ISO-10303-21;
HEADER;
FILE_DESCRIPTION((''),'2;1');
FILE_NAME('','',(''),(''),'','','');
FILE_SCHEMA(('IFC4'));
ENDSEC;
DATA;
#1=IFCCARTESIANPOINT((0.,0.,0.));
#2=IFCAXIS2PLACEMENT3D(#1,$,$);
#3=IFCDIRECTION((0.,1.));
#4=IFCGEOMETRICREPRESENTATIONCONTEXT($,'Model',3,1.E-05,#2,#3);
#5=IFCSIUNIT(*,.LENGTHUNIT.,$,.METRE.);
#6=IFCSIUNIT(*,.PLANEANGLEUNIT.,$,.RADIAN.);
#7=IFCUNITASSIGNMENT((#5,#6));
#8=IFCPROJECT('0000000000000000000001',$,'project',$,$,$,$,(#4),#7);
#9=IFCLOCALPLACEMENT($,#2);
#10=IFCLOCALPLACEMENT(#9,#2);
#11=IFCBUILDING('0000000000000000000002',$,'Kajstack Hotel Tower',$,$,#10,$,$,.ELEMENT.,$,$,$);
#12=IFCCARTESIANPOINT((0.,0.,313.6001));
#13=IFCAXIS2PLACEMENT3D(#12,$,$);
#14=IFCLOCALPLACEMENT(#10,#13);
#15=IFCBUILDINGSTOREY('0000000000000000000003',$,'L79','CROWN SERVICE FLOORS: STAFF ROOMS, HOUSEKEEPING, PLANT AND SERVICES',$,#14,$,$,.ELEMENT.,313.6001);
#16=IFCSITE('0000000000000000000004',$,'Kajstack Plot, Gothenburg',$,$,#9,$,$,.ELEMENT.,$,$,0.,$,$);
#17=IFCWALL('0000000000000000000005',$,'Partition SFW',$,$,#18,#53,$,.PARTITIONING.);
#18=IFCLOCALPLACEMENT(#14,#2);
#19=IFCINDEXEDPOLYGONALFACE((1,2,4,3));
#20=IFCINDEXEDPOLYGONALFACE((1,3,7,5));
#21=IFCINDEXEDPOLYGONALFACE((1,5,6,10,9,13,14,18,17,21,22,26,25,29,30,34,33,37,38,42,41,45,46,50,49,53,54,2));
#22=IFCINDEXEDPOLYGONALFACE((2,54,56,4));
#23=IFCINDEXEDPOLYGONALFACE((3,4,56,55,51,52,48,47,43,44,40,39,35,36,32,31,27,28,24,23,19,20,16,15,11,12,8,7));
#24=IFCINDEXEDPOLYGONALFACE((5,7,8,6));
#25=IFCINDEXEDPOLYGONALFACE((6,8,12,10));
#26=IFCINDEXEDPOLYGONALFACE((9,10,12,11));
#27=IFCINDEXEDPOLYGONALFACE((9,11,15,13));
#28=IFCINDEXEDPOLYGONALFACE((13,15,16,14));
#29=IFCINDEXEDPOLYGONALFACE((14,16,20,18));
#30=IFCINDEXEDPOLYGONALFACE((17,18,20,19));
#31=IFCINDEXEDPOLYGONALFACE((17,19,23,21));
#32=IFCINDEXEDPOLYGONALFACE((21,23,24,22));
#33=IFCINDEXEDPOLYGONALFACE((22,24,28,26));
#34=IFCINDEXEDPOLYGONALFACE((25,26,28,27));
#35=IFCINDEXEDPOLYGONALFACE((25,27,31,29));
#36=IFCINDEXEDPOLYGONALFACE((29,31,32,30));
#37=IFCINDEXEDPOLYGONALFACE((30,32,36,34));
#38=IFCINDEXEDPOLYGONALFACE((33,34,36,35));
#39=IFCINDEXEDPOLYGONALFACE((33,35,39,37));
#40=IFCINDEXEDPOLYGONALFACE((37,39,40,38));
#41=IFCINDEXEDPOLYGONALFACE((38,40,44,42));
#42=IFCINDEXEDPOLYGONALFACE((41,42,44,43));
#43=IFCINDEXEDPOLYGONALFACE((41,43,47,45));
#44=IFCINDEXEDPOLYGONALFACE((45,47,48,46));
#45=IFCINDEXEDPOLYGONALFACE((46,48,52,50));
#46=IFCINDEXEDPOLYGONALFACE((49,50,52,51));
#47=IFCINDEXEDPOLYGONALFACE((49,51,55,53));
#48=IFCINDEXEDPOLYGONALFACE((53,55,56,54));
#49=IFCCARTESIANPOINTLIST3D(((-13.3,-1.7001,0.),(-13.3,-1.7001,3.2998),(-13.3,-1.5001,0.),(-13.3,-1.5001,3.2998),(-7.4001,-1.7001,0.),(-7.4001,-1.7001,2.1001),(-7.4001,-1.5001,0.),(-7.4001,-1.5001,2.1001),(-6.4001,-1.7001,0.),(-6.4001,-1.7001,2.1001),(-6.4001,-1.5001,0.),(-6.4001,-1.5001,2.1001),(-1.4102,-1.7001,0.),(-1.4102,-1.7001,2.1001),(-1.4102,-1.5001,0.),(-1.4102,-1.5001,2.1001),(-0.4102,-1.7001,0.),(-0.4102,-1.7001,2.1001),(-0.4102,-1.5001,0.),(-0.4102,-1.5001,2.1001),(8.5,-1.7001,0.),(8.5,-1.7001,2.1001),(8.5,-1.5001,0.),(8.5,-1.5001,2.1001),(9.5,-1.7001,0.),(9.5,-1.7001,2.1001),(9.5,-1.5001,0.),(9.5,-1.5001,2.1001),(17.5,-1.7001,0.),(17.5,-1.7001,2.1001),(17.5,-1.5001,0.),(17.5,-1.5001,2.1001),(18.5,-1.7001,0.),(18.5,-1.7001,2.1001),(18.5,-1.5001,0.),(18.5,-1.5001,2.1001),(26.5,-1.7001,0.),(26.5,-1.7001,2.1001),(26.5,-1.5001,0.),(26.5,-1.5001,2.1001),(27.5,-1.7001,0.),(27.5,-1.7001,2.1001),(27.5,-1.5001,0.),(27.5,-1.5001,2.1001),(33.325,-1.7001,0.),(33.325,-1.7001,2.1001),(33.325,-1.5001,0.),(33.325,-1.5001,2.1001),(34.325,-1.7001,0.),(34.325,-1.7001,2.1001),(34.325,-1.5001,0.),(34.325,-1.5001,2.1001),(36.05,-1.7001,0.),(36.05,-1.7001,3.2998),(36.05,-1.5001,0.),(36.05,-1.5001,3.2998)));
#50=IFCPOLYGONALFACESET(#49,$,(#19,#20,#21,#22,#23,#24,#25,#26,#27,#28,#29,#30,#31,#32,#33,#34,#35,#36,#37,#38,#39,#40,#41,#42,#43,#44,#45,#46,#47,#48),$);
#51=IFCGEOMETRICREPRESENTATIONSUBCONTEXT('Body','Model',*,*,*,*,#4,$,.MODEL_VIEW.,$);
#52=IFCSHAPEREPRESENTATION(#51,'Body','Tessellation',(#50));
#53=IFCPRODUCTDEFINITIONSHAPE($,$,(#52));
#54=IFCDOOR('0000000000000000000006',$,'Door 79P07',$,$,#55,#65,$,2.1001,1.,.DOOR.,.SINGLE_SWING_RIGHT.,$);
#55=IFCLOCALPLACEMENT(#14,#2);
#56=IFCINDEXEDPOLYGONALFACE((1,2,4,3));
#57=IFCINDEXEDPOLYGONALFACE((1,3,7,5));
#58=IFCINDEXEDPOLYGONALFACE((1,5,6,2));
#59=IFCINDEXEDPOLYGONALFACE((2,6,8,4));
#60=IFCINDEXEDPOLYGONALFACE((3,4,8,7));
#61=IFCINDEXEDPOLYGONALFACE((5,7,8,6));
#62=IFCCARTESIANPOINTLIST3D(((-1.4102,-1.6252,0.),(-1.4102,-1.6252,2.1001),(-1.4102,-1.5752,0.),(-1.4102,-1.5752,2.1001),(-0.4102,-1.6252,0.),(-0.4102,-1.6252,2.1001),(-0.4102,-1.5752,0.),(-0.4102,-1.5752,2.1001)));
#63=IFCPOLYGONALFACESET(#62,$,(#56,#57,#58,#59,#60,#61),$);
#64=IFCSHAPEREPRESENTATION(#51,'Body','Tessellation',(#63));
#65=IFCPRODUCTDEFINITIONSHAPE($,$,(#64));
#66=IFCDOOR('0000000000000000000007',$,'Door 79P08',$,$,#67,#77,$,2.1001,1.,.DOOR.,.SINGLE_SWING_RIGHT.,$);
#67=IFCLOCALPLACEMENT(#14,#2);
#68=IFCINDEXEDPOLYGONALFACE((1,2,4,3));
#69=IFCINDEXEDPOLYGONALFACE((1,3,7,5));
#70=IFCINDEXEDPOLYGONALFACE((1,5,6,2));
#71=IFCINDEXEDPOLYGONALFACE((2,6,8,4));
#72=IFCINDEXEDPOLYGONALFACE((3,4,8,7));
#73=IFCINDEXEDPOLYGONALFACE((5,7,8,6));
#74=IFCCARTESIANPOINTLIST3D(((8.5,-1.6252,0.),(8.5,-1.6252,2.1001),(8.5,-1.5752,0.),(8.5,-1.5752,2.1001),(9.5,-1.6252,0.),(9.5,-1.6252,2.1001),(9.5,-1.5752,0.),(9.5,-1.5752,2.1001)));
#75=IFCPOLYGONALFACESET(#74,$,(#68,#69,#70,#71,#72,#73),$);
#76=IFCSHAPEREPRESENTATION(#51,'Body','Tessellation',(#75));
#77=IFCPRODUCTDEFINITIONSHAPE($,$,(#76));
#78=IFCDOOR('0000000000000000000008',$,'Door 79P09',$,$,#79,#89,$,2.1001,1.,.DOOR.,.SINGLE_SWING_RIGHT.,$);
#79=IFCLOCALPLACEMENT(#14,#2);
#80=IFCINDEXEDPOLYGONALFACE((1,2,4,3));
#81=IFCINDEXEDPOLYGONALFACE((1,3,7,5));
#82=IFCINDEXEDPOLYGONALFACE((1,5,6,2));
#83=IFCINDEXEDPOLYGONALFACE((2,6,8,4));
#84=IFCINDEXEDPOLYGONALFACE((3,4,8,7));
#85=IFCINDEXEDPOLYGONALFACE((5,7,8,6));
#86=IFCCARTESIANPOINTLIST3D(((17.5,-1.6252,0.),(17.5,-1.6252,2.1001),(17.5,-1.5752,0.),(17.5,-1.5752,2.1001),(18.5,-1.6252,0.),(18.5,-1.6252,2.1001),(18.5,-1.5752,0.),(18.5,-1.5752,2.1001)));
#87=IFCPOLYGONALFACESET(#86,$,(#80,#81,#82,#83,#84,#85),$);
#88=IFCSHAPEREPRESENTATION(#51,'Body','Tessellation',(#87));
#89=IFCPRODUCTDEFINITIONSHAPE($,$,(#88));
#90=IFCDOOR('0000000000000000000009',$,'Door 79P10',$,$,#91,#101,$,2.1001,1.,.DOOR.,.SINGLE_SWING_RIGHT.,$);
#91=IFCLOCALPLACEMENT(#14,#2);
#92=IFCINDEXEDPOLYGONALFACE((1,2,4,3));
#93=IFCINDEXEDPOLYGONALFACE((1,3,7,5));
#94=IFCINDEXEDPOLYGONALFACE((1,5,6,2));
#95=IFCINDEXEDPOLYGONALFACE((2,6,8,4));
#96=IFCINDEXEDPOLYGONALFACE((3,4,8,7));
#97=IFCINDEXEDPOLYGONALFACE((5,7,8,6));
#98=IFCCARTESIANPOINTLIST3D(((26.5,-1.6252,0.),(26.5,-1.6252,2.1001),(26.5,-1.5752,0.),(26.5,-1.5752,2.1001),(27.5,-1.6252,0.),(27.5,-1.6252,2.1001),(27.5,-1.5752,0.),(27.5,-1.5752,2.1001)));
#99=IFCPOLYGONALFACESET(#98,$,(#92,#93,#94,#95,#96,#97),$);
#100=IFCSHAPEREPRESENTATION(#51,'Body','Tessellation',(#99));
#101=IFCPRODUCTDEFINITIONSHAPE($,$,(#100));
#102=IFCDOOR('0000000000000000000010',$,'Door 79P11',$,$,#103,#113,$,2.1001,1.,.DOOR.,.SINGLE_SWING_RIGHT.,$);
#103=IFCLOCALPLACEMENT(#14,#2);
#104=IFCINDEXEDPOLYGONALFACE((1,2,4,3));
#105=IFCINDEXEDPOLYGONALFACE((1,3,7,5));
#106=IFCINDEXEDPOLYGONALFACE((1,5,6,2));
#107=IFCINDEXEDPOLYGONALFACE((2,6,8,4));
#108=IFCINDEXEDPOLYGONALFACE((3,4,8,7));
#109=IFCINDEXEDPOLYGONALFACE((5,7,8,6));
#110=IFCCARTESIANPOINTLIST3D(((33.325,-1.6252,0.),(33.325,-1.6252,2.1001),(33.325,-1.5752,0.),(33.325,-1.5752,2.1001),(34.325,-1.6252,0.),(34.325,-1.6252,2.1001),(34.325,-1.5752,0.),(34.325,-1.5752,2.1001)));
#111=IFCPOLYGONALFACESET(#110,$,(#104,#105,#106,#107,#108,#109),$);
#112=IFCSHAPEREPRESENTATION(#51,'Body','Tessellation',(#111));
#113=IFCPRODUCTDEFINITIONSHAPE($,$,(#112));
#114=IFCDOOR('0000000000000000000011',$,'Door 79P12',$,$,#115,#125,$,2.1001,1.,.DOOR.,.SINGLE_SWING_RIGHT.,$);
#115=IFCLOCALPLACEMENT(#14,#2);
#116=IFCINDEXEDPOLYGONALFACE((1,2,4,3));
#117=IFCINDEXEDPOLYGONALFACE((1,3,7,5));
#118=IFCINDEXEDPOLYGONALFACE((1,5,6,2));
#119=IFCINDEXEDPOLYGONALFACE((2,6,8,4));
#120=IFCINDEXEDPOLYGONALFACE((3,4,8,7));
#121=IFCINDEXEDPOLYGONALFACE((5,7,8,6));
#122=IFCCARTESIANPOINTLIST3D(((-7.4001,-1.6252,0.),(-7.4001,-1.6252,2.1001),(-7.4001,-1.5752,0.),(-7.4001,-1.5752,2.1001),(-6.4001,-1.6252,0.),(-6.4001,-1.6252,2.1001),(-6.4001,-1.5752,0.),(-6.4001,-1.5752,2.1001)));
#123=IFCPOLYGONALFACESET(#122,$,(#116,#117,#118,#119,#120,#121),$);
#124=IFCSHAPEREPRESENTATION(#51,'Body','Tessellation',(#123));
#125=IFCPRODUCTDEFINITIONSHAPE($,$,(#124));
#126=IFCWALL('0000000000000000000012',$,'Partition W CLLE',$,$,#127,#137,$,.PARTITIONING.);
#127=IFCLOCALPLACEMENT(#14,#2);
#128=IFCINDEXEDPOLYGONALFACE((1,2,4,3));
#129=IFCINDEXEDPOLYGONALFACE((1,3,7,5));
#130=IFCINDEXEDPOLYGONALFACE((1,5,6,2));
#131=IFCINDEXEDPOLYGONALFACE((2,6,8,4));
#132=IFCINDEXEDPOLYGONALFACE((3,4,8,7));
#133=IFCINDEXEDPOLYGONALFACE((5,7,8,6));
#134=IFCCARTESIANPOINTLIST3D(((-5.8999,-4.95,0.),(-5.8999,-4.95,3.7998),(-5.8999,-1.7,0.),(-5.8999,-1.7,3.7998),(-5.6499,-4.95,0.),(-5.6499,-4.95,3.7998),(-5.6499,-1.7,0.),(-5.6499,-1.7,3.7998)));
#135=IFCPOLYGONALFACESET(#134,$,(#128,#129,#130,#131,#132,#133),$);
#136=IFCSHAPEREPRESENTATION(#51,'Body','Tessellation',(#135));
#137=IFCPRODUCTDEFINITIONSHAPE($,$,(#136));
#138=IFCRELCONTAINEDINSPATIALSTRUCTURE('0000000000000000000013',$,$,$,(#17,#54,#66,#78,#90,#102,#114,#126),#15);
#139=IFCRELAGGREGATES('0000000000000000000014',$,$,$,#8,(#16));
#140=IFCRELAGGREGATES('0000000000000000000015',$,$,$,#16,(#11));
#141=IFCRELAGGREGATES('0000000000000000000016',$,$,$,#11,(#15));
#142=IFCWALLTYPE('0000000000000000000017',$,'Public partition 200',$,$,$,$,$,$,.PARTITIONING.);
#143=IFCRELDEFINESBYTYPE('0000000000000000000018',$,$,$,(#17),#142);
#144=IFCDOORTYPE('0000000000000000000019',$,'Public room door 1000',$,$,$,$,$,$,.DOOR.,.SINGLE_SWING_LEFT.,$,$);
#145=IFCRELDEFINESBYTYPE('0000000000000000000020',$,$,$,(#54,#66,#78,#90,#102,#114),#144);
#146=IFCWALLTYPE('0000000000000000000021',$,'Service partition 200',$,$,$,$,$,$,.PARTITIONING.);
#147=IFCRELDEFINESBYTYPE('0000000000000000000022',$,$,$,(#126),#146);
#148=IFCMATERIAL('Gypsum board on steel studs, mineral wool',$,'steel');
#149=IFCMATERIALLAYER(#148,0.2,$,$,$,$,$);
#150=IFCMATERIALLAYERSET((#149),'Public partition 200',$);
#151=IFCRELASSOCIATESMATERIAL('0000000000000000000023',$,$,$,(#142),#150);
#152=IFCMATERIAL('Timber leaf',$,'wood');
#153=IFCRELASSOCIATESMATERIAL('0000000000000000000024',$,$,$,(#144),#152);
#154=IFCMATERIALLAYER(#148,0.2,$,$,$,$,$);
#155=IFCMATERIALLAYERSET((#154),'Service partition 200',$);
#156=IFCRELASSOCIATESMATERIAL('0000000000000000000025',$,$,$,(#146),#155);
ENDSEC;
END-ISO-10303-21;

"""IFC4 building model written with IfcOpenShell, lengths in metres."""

from ifc_helpers import new_model, si_unit, direction, frame, frame_2d, origin, place, context, subcontext, project, spatial, rectangle, extrude, material, layer, layer_set, type_object, element, fill, save


model = new_model("IFC4")

# Units and contexts
model_context = context("Model", 3, precision=1e-05, world=origin(), true_north=direction((0.0, 1.0)))
body_context = subcontext(model_context, "Body", "Model", "MODEL_VIEW")
ifc_project = project(units=[si_unit("LENGTHUNIT", "METRE"), si_unit("PLANEANGLEUNIT", "RADIAN")], contexts=[model_context])

# Site, building, storey
site_placement = place(None, origin())
site = spatial("IfcSite", under=ifc_project, at=site_placement, Name="Kajstack Plot, Gothenburg", CompositionType="ELEMENT", RefElevation=0.0)
building_placement = place(site_placement, origin())
building = spatial("IfcBuilding", under=site, at=building_placement, Name="Kajstack Hotel Tower", CompositionType="ELEMENT")
storey_placement = place(building_placement, frame((0.0, 0.0, 313.6001)))
storey = spatial("IfcBuildingStorey", under=building, at=storey_placement, Name="L79", Description="CROWN SERVICE FLOORS: STAFF ROOMS, HOUSEKEEPING, PLANT AND SERVICES", CompositionType="ELEMENT", Elevation=313.6001)

# Shared definitions
ifc_material_1 = material(Name="Gypsum board on steel studs, mineral wool", Category="steel")
ifc_layer_1 = layer(ifc_material_1, 0.2)
ifc_layer_set_1 = layer_set([ifc_layer_1], Name="Public partition 200")
wall_type_1 = type_object("IfcWallType", Name="Public partition 200", PredefinedType="PARTITIONING", material=ifc_layer_set_1)

# Wall, openings, doors
wall_1_placement = place(storey_placement, frame((-13.3, -1.6001, 0.0), z_axis=(0.0, 0.0, 1.0), x_axis=(1.0, 0.0, 0.0)))
wall_1 = element("IfcWall", 1, at=wall_1_placement, inside=storey, type_object=wall_type_1, Name="Partition SFW", PredefinedType="PARTITIONING", context=body_context, shape_type="SweptSolid", body=[
    extrude(rectangle(XDim=49.3501, YDim=0.2, at=frame_2d((24.675, 0.0))), origin(), (0.0, 0.0, 1.0), 3.2998),
])
opening_1_placement = place(wall_1_placement, frame((11.8899, 0.0, 0.0)))
opening_1 = element("IfcOpeningElement", 2, at=opening_1_placement, cuts=wall_1, PredefinedType="OPENING", context=body_context, shape_type="SweptSolid", body=[
    extrude(rectangle(XDim=1.0, YDim=2.1001, at=frame_2d((0.5, 1.05))), frame((0.0, 0.1099, 0.0), z_axis=(0.0, -1.0, 0.0), x_axis=(1.0, 0.0, 0.0)), (0.0, 0.0, 1.0), 0.22),
])
opening_2_placement = place(wall_1_placement, frame((21.8, 0.0, 0.0)))
opening_2 = element("IfcOpeningElement", 3, at=opening_2_placement, cuts=wall_1, PredefinedType="OPENING", context=body_context, shape_type="SweptSolid", body=[
    extrude(rectangle(XDim=1.0, YDim=2.1001, at=frame_2d((0.5, 1.05))), frame((0.0, 0.1099, 0.0), z_axis=(0.0, -1.0, 0.0), x_axis=(1.0, 0.0, 0.0)), (0.0, 0.0, 1.0), 0.22),
])
opening_3_placement = place(wall_1_placement, frame((30.8, 0.0, 0.0)))
opening_3 = element("IfcOpeningElement", 4, at=opening_3_placement, cuts=wall_1, PredefinedType="OPENING", context=body_context, shape_type="SweptSolid", body=[
    extrude(rectangle(XDim=1.0, YDim=2.1001, at=frame_2d((0.5, 1.05))), frame((0.0, 0.1099, 0.0), z_axis=(0.0, -1.0, 0.0), x_axis=(1.0, 0.0, 0.0)), (0.0, 0.0, 1.0), 0.22),
])
opening_4_placement = place(wall_1_placement, frame((39.8, 0.0, 0.0)))
opening_4 = element("IfcOpeningElement", 5, at=opening_4_placement, cuts=wall_1, PredefinedType="OPENING", context=body_context, shape_type="SweptSolid", body=[
    extrude(rectangle(XDim=1.0, YDim=2.1001, at=frame_2d((0.5, 1.05))), frame((0.0, 0.1099, 0.0), z_axis=(0.0, -1.0, 0.0), x_axis=(1.0, 0.0, 0.0)), (0.0, 0.0, 1.0), 0.22),
])
opening_5_placement = place(wall_1_placement, frame((46.625, 0.0, 0.0)))
opening_5 = element("IfcOpeningElement", 6, at=opening_5_placement, cuts=wall_1, PredefinedType="OPENING", context=body_context, shape_type="SweptSolid", body=[
    extrude(rectangle(XDim=1.0, YDim=2.1001, at=frame_2d((0.5, 1.05))), frame((0.0, 0.1099, 0.0), z_axis=(0.0, -1.0, 0.0), x_axis=(1.0, 0.0, 0.0)), (0.0, 0.0, 1.0), 0.22),
])
opening_6_placement = place(wall_1_placement, frame((5.8999, 0.0, 0.0)))
opening_6 = element("IfcOpeningElement", 7, at=opening_6_placement, cuts=wall_1, PredefinedType="OPENING", context=body_context, shape_type="SweptSolid", body=[
    extrude(rectangle(XDim=1.0, YDim=2.1001, at=frame_2d((0.5, 1.05))), frame((0.0, 0.1099, 0.0), z_axis=(0.0, -1.0, 0.0), x_axis=(1.0, 0.0, 0.0)), (0.0, 0.0, 1.0), 0.22),
])
ifc_material_2 = material(Name="Timber leaf", Category="wood")
door_type = type_object("IfcDoorType", Name="Public room door 1000", OperationType="SINGLE_SWING_LEFT", PredefinedType="DOOR", material=ifc_material_2)
door_1_placement = place(opening_1_placement, origin())
door_1 = element("IfcDoor", 8, at=door_1_placement, inside=storey, type_object=door_type, Name="Door 79P07", OperationType="SINGLE_SWING_RIGHT", OverallHeight=2.1001, OverallWidth=1.0, PredefinedType="DOOR", context=body_context, shape_type="SweptSolid", body=[
    extrude(rectangle(XDim=1.0, YDim=2.1001, at=frame_2d((0.5, 1.05))), frame((0.0, 0.0249, 0.0), z_axis=(0.0, -1.0, 0.0), x_axis=(1.0, 0.0, 0.0)), (0.0, 0.0, 1.0), 0.05),
])
fill(opening_1, door_1)
door_2_placement = place(opening_2_placement, origin())
door_2 = element("IfcDoor", 9, at=door_2_placement, inside=storey, type_object=door_type, Name="Door 79P08", OperationType="SINGLE_SWING_RIGHT", OverallHeight=2.1001, OverallWidth=1.0, PredefinedType="DOOR", context=body_context, shape_type="SweptSolid", body=[
    extrude(rectangle(XDim=1.0, YDim=2.1001, at=frame_2d((0.5, 1.05))), frame((0.0, 0.0249, 0.0), z_axis=(0.0, -1.0, 0.0), x_axis=(1.0, 0.0, 0.0)), (0.0, 0.0, 1.0), 0.05),
])
fill(opening_2, door_2)
door_3_placement = place(opening_3_placement, origin())
door_3 = element("IfcDoor", 10, at=door_3_placement, inside=storey, type_object=door_type, Name="Door 79P09", OperationType="SINGLE_SWING_RIGHT", OverallHeight=2.1001, OverallWidth=1.0, PredefinedType="DOOR", context=body_context, shape_type="SweptSolid", body=[
    extrude(rectangle(XDim=1.0, YDim=2.1001, at=frame_2d((0.5, 1.05))), frame((0.0, 0.0249, 0.0), z_axis=(0.0, -1.0, 0.0), x_axis=(1.0, 0.0, 0.0)), (0.0, 0.0, 1.0), 0.05),
])
fill(opening_3, door_3)
door_4_placement = place(opening_4_placement, origin())
door_4 = element("IfcDoor", 11, at=door_4_placement, inside=storey, type_object=door_type, Name="Door 79P10", OperationType="SINGLE_SWING_RIGHT", OverallHeight=2.1001, OverallWidth=1.0, PredefinedType="DOOR", context=body_context, shape_type="SweptSolid", body=[
    extrude(rectangle(XDim=1.0, YDim=2.1001, at=frame_2d((0.5, 1.05))), frame((0.0, 0.0249, 0.0), z_axis=(0.0, -1.0, 0.0), x_axis=(1.0, 0.0, 0.0)), (0.0, 0.0, 1.0), 0.05),
])
fill(opening_4, door_4)
door_5_placement = place(opening_5_placement, origin())
door_5 = element("IfcDoor", 12, at=door_5_placement, inside=storey, type_object=door_type, Name="Door 79P11", OperationType="SINGLE_SWING_RIGHT", OverallHeight=2.1001, OverallWidth=1.0, PredefinedType="DOOR", context=body_context, shape_type="SweptSolid", body=[
    extrude(rectangle(XDim=1.0, YDim=2.1001, at=frame_2d((0.5, 1.05))), frame((0.0, 0.0249, 0.0), z_axis=(0.0, -1.0, 0.0), x_axis=(1.0, 0.0, 0.0)), (0.0, 0.0, 1.0), 0.05),
])
fill(opening_5, door_5)
door_6_placement = place(opening_6_placement, origin())
door_6 = element("IfcDoor", 13, at=door_6_placement, inside=storey, type_object=door_type, Name="Door 79P12", OperationType="SINGLE_SWING_RIGHT", OverallHeight=2.1001, OverallWidth=1.0, PredefinedType="DOOR", context=body_context, shape_type="SweptSolid", body=[
    extrude(rectangle(XDim=1.0, YDim=2.1001, at=frame_2d((0.5, 1.05))), frame((0.0, 0.0249, 0.0), z_axis=(0.0, -1.0, 0.0), x_axis=(1.0, 0.0, 0.0)), (0.0, 0.0, 1.0), 0.05),
])
fill(opening_6, door_6)

# Wall
ifc_layer_2 = layer(ifc_material_1, 0.2)
ifc_layer_set_2 = layer_set([ifc_layer_2], Name="Service partition 200")
wall_type_2 = type_object("IfcWallType", Name="Service partition 200", PredefinedType="PARTITIONING", material=ifc_layer_set_2)
wall_2_placement = place(storey_placement, frame((-5.7749, -4.95, 0.0), z_axis=(0.0, 0.0, 1.0), x_axis=(0.0, 1.0, 0.0)))
element("IfcWall", 14, at=wall_2_placement, inside=storey, type_object=wall_type_2, Name="Partition W CLLE", PredefinedType="PARTITIONING", context=body_context, shape_type="SweptSolid", body=[
    extrude(rectangle(XDim=3.25, YDim=0.25, at=frame_2d((1.625, 0.0))), origin(), (0.0, 0.0, 1.0), 3.7998),
])

save(model, "model.ifc")
